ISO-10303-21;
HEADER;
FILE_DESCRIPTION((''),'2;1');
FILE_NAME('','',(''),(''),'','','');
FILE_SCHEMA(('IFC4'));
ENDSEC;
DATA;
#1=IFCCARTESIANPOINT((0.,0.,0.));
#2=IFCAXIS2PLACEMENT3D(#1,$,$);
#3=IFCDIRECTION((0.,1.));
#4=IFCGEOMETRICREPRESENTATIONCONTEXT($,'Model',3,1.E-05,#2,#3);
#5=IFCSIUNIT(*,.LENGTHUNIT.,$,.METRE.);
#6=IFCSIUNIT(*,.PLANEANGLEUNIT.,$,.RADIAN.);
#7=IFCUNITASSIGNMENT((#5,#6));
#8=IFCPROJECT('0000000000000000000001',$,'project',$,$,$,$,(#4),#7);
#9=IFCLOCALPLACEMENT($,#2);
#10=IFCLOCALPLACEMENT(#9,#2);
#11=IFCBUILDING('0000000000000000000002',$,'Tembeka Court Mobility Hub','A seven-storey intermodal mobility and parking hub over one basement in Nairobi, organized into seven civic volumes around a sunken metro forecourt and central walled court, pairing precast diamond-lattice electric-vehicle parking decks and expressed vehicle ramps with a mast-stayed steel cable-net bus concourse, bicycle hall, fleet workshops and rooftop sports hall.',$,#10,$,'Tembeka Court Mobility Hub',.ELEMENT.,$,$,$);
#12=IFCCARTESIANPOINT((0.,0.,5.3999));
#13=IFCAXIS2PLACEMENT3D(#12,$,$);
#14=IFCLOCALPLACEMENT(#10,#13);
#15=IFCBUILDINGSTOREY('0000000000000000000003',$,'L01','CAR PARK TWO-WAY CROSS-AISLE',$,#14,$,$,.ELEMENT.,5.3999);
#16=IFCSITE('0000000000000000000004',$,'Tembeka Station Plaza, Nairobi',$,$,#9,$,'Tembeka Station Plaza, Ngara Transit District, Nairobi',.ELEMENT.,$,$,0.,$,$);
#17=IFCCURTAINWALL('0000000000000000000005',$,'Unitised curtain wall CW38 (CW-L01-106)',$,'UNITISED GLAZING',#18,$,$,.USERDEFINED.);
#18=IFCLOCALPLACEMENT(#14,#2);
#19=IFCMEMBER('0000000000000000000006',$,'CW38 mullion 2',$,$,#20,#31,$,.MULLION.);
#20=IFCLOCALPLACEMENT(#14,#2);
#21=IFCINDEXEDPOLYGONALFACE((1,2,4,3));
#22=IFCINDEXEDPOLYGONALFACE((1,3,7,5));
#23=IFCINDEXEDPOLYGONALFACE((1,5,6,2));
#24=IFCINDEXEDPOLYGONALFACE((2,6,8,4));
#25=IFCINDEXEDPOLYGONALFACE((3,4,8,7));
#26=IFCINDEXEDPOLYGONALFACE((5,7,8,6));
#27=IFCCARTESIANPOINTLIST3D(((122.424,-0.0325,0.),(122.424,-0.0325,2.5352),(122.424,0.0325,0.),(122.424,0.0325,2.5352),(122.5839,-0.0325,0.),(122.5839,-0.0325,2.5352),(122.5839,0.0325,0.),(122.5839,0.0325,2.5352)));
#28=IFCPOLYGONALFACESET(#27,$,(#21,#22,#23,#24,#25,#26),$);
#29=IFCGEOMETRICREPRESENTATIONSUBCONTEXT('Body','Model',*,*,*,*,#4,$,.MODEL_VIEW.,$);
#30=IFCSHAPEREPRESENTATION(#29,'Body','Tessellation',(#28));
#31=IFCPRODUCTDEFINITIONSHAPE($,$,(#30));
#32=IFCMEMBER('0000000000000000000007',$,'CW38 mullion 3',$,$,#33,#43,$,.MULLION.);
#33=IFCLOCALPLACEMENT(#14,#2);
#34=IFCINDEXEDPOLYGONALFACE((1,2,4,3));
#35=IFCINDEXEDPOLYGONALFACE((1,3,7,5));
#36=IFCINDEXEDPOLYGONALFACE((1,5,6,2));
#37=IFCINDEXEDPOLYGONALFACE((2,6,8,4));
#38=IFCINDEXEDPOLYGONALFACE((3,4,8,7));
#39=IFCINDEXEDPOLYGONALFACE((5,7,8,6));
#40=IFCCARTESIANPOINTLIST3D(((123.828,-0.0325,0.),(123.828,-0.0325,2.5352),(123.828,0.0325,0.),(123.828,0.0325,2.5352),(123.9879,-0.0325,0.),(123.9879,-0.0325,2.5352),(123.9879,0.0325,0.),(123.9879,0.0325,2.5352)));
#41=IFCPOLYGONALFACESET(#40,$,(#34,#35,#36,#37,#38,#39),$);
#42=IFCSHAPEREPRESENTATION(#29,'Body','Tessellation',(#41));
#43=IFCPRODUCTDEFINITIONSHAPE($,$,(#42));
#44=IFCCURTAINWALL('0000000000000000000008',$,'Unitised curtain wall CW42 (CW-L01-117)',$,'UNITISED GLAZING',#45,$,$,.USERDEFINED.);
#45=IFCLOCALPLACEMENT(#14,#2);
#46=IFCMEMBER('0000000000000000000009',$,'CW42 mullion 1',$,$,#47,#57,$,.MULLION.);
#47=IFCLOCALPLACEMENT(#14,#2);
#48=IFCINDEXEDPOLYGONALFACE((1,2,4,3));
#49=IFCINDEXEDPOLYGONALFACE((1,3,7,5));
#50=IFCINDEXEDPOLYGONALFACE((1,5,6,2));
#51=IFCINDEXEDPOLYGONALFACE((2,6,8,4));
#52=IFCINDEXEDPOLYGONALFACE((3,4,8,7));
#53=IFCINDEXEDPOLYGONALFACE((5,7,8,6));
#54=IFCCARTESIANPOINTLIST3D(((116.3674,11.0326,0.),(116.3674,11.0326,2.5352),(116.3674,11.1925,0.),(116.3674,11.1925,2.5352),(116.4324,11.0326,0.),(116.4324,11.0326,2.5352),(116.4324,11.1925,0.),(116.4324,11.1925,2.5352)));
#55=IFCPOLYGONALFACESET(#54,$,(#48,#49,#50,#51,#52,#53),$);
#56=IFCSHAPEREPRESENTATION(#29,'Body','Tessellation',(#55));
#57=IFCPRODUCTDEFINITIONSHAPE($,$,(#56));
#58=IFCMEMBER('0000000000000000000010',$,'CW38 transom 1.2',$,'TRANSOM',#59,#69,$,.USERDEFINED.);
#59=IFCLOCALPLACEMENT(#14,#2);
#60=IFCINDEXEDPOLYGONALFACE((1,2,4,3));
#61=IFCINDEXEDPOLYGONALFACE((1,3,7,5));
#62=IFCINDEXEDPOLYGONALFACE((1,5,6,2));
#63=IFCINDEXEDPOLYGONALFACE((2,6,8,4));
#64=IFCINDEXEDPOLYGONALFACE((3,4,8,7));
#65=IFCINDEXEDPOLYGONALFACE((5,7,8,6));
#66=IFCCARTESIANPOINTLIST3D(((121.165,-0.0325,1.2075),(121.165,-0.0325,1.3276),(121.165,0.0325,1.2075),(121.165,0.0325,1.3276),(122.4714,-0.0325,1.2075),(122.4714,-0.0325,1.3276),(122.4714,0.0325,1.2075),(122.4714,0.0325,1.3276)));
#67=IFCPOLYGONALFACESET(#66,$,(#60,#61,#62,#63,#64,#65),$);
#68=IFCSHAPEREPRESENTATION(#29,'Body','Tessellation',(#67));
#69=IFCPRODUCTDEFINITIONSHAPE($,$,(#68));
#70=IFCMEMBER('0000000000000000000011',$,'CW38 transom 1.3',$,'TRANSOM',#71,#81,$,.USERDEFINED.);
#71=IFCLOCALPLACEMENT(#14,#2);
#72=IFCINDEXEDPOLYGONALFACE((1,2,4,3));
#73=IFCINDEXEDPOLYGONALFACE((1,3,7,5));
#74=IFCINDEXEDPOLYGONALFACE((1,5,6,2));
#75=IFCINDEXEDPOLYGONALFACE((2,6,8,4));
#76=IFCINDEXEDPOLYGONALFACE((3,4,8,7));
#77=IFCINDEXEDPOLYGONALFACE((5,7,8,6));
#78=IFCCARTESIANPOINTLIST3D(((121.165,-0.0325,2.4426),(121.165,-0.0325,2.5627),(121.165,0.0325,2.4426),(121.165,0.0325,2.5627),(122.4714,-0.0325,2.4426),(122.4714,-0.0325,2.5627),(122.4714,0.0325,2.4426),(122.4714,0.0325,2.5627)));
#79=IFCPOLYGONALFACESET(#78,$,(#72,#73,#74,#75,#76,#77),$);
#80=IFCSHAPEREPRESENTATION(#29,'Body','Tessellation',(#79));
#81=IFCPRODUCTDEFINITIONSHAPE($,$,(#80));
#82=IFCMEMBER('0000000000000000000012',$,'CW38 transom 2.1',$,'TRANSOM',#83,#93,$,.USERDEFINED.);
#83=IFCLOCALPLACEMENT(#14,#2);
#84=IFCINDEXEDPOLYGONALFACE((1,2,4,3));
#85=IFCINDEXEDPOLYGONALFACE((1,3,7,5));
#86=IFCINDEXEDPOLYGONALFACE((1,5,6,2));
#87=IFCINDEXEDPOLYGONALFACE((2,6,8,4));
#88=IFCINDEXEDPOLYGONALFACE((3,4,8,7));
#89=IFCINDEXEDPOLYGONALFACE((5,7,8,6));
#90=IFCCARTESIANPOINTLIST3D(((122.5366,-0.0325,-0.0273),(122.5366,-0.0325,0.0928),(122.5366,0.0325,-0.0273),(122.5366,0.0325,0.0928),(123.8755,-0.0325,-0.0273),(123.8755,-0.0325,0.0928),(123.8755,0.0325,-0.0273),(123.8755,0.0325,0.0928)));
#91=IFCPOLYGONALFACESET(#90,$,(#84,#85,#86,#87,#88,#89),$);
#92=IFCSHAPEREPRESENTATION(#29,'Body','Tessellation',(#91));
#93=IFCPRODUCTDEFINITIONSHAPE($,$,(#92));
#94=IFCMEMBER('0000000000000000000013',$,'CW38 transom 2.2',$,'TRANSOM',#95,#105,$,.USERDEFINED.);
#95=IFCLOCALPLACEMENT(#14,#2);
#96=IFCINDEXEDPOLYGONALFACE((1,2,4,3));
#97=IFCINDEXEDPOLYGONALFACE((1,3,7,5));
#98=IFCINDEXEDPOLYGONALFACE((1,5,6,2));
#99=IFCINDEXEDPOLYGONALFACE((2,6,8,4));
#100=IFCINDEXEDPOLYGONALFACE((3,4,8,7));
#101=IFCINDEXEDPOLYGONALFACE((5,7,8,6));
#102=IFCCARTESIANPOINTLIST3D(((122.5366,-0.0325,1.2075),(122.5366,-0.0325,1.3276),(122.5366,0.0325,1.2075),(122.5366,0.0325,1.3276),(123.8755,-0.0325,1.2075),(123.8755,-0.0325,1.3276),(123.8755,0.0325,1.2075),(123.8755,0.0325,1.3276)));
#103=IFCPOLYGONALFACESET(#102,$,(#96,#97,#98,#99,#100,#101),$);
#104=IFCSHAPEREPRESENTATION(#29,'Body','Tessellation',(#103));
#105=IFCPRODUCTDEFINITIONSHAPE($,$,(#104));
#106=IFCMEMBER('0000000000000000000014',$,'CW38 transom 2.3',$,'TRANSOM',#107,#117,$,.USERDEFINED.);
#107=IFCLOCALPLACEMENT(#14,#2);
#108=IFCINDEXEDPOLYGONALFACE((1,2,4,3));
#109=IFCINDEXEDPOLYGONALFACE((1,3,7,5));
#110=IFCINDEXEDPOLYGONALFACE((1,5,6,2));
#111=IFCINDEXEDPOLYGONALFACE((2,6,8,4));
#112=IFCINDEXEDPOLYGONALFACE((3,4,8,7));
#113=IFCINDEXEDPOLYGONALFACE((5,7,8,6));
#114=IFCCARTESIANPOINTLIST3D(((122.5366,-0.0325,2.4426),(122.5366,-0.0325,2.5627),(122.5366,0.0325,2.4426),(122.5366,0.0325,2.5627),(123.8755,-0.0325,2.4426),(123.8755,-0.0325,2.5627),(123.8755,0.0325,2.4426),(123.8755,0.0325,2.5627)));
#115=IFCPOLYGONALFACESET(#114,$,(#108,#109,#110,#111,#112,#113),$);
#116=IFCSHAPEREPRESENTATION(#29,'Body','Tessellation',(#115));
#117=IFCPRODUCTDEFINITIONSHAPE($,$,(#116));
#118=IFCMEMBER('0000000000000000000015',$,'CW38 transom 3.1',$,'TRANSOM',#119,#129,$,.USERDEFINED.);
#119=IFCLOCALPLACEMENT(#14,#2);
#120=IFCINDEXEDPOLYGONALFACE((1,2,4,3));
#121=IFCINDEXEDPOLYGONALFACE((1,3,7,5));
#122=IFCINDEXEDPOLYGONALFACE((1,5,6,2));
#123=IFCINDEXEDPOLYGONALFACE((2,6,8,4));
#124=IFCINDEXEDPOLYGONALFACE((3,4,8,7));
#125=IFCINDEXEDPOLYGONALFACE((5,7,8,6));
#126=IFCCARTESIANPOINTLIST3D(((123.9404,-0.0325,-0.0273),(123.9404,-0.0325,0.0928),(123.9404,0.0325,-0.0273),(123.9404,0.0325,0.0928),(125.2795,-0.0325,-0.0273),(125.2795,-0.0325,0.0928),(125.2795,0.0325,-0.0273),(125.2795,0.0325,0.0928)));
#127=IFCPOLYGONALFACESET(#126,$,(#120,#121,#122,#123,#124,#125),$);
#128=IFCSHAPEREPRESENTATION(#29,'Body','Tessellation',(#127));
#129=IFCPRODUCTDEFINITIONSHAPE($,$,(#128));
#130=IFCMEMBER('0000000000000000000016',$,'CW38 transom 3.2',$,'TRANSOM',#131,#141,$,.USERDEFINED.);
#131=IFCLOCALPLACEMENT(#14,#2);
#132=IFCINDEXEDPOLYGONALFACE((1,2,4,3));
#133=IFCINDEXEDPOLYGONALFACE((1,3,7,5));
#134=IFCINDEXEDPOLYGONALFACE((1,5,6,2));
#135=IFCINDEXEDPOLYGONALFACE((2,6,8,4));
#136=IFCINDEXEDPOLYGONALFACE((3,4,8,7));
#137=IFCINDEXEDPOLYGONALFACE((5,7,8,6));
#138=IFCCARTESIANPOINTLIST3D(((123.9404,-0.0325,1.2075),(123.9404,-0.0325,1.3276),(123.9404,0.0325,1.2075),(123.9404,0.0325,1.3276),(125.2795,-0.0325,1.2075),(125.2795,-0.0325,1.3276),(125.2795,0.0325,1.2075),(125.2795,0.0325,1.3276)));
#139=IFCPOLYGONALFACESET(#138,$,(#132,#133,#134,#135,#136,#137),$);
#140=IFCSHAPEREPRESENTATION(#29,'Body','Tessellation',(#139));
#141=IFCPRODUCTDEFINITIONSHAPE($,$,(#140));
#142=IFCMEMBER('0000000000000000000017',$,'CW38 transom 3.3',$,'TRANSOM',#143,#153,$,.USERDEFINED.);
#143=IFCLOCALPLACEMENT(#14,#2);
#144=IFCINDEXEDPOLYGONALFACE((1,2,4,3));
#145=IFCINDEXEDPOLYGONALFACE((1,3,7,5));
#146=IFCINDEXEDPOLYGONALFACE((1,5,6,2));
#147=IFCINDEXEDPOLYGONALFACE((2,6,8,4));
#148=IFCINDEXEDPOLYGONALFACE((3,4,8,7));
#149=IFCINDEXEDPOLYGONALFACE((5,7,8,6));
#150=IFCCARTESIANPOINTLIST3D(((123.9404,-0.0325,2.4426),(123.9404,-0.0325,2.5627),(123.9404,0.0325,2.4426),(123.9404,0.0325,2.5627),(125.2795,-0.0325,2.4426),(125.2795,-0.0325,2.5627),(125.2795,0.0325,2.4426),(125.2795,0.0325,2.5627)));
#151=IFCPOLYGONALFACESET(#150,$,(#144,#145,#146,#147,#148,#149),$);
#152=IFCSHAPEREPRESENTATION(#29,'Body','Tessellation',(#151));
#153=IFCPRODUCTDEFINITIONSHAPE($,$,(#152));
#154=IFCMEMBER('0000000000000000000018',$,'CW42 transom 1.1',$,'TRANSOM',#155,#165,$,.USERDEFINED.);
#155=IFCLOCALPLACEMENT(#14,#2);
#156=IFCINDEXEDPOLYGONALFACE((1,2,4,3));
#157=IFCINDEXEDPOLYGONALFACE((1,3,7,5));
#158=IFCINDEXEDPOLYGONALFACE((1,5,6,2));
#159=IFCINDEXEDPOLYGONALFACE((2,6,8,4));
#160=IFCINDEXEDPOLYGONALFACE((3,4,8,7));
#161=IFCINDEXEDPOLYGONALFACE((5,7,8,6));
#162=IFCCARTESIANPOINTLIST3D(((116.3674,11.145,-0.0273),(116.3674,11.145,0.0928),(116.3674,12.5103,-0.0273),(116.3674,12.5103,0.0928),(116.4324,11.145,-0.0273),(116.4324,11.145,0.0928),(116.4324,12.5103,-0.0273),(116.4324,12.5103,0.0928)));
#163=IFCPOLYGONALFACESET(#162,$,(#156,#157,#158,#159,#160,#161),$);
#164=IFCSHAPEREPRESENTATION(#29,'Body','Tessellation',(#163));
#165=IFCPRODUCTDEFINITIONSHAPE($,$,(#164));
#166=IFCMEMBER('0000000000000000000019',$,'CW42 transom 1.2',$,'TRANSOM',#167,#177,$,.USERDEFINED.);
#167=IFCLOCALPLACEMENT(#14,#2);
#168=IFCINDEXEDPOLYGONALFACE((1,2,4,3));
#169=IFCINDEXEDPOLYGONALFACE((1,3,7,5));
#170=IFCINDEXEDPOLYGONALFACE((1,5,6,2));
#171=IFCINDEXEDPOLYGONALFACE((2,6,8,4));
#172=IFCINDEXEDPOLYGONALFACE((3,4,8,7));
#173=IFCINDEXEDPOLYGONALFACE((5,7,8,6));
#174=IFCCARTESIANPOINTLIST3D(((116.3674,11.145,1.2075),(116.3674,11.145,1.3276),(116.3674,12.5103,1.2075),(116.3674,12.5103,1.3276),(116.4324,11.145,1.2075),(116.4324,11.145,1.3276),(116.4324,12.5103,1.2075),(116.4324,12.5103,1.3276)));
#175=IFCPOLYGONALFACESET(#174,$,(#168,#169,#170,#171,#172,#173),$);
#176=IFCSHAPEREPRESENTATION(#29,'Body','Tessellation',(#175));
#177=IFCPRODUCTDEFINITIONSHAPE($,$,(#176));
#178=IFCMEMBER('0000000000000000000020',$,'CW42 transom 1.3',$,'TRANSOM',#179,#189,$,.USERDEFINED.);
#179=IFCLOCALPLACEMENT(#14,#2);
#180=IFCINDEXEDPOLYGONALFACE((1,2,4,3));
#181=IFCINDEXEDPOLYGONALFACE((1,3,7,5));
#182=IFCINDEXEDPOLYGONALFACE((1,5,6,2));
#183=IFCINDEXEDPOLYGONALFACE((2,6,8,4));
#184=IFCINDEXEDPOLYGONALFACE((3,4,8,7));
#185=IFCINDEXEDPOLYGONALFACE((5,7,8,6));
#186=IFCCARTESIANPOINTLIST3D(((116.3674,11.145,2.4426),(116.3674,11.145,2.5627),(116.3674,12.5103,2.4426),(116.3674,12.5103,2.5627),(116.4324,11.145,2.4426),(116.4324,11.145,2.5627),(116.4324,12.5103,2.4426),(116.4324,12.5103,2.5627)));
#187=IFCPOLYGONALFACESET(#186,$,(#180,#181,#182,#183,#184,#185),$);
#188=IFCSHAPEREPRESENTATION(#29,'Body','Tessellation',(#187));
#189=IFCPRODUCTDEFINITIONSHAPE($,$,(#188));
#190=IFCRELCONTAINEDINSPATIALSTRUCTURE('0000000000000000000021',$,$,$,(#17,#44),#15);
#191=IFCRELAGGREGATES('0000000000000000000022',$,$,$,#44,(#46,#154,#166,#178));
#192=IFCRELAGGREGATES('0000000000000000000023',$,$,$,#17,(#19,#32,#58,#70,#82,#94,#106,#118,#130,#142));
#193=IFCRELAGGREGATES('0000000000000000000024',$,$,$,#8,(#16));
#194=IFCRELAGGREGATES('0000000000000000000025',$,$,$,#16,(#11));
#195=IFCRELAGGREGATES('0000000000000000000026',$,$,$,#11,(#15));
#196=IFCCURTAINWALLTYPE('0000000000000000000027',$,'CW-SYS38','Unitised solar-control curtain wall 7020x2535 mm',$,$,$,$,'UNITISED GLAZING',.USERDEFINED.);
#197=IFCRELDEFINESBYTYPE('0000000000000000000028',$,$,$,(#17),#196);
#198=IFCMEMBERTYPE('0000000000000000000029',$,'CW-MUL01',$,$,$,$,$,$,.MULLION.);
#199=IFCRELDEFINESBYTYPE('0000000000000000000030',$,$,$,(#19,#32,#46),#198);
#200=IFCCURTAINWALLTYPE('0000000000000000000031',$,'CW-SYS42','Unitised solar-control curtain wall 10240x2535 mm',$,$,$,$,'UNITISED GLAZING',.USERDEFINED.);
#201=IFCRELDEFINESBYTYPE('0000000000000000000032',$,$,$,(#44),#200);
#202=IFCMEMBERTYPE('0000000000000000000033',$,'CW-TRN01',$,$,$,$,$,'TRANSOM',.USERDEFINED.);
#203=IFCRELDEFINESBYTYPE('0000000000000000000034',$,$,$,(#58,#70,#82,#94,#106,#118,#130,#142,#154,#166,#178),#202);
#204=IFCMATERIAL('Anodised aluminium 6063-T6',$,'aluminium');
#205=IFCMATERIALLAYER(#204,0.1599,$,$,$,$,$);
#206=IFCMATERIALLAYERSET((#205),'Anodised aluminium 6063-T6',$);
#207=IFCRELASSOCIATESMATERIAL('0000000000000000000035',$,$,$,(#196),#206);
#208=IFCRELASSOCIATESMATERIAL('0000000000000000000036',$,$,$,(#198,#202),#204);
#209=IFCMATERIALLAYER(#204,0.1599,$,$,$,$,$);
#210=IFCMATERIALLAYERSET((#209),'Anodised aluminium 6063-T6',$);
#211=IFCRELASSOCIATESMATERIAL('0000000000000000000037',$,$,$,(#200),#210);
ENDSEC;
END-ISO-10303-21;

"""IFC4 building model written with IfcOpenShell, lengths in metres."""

from ifc_helpers import new_model, si_unit, direction, frame, origin, origin_2d, place, context, subcontext, project, spatial, rectangle, extrude, material, layer, layer_set, material_profile, profile_set, type_object, element, aggregate, save


model = new_model("IFC4")

# Units and contexts
model_context = context("Model", 3, precision=1e-05, world=origin(), true_north=direction((0.0, 1.0)))
body_context = subcontext(model_context, "Body", "Model", "MODEL_VIEW")
ifc_project = project(units=[si_unit("LENGTHUNIT", "METRE"), si_unit("PLANEANGLEUNIT", "RADIAN")], contexts=[model_context])

# Site, building, storey
site_placement = place(None, origin())
site = spatial("IfcSite", under=ifc_project, at=site_placement, Name="Tembeka Station Plaza, Nairobi", LongName="Tembeka Station Plaza, Ngara Transit District, Nairobi", CompositionType="ELEMENT", RefElevation=0.0)
building_placement = place(site_placement, origin())
building = spatial("IfcBuilding", under=site, at=building_placement, Name="Tembeka Court Mobility Hub", Description="A seven-storey intermodal mobility and parking hub over one basement in Nairobi, organized into seven civic volumes around a sunken metro forecourt and central walled court, pairing precast diamond-lattice electric-vehicle parking decks and expressed vehicle ramps with a mast-stayed steel cable-net bus concourse, bicycle hall, fleet workshops and rooftop sports hall.", LongName="Tembeka Court Mobility Hub", CompositionType="ELEMENT")
storey_placement = place(building_placement, frame((0.0, 0.0, 5.3999)))
storey = spatial("IfcBuildingStorey", under=building, at=storey_placement, Name="L01", Description="CAR PARK TWO-WAY CROSS-AISLE", CompositionType="ELEMENT", Elevation=5.3999)

# Curtain wall, members
ifc_material_1 = material(Name="Anodised aluminium 6063-T6", Category="aluminium")
ifc_layer_1 = layer(ifc_material_1, 0.1599)
ifc_layer_set_1 = layer_set([ifc_layer_1], Name="Anodised aluminium 6063-T6")
curtain_wall_type_1 = type_object("IfcCurtainWallType", Name="CW-SYS38", Description="Unitised solar-control curtain wall 7020x2535 mm", ElementType="UNITISED GLAZING", PredefinedType="USERDEFINED", material=ifc_layer_set_1)
curtain_wall_1_placement = place(storey_placement, origin())
curtain_wall_1 = element("IfcCurtainWall", 1, at=curtain_wall_1_placement, inside=storey, type_object=curtain_wall_type_1, Name="Unitised curtain wall CW38 (CW-L01-106)", ObjectType="UNITISED GLAZING", PredefinedType="USERDEFINED")
ifc_material_profile_1 = material_profile(ifc_material_1, rectangle(XDim=0.0649, YDim=0.1599, at=origin_2d()), Name="ALU-MUL 65x160")
ifc_profile_set_1 = profile_set([ifc_material_profile_1], Name="Anodised aluminium 6063-T6")
member_type_1 = type_object("IfcMemberType", Name="CW-MUL01", PredefinedType="MULLION", material=ifc_profile_set_1)
member_1_placement = place(storey_placement, frame((122.5039, 0.0, 0.0), z_axis=(0.0, 0.0, 1.0), x_axis=(0.0, 1.0, 0.0)))
member_1 = element("IfcMember", 2, at=member_1_placement, type_object=member_type_1, Name="CW38 mullion 2", PredefinedType="MULLION", context=body_context, shape_type="SweptSolid", body=[
    extrude(rectangle(XDim=0.0649, YDim=0.1599, at=origin_2d()), origin(), (0.0, 0.0, 1.0), 2.5352),
])
member_2_placement = place(storey_placement, frame((123.908, 0.0, 0.0), z_axis=(0.0, 0.0, 1.0), x_axis=(0.0, 1.0, 0.0)))
member_2 = element("IfcMember", 3, at=member_2_placement, type_object=member_type_1, Name="CW38 mullion 3", PredefinedType="MULLION", context=body_context, shape_type="SweptSolid", body=[
    extrude(rectangle(XDim=0.0649, YDim=0.1599, at=origin_2d()), origin(), (0.0, 0.0, 1.0), 2.5352),
])

# Curtain wall, member
ifc_layer_2 = layer(ifc_material_1, 0.1599)
ifc_layer_set_2 = layer_set([ifc_layer_2], Name="Anodised aluminium 6063-T6")
curtain_wall_type_2 = type_object("IfcCurtainWallType", Name="CW-SYS42", Description="Unitised solar-control curtain wall 10240x2535 mm", ElementType="UNITISED GLAZING", PredefinedType="USERDEFINED", material=ifc_layer_set_2)
curtain_wall_2_placement = place(storey_placement, origin())
curtain_wall_2 = element("IfcCurtainWall", 4, at=curtain_wall_2_placement, inside=storey, type_object=curtain_wall_type_2, Name="Unitised curtain wall CW42 (CW-L01-117)", ObjectType="UNITISED GLAZING", PredefinedType="USERDEFINED")
member_3_placement = place(storey_placement, frame((116.3999, 11.1125, 0.0), z_axis=(0.0, 0.0, 1.0), x_axis=(-1.0, 0.0, 0.0)))
member_3 = element("IfcMember", 5, at=member_3_placement, type_object=member_type_1, Name="CW42 mullion 1", PredefinedType="MULLION", context=body_context, shape_type="SweptSolid", body=[
    extrude(rectangle(XDim=0.0649, YDim=0.1599, at=origin_2d()), origin(), (0.0, 0.0, 1.0), 2.5352),
])

# Members
ifc_material_profile_2 = material_profile(ifc_material_1, rectangle(XDim=0.0649, YDim=0.1201, at=origin_2d()), Name="ALU-TRN 65x120")
ifc_profile_set_2 = profile_set([ifc_material_profile_2], Name="Anodised aluminium 6063-T6")
member_type_2 = type_object("IfcMemberType", Name="CW-TRN01", ElementType="TRANSOM", PredefinedType="USERDEFINED", material=ifc_profile_set_2)
member_4_placement = place(storey_placement, frame((121.165, 0.0, 1.2676), z_axis=(1.0, 0.0, 0.0), x_axis=(0.0, 1.0, 0.0)))
member_4 = element("IfcMember", 6, at=member_4_placement, type_object=member_type_2, Name="CW38 transom 1.2", ObjectType="TRANSOM", PredefinedType="USERDEFINED", context=body_context, shape_type="SweptSolid", body=[
    extrude(rectangle(XDim=0.0649, YDim=0.1201, at=origin_2d()), origin(), (0.0, 0.0, 1.0), 1.3064),
])
member_5_placement = place(storey_placement, frame((121.165, 0.0, 2.5027), z_axis=(1.0, 0.0, 0.0), x_axis=(0.0, 1.0, 0.0)))
member_5 = element("IfcMember", 7, at=member_5_placement, type_object=member_type_2, Name="CW38 transom 1.3", ObjectType="TRANSOM", PredefinedType="USERDEFINED", context=body_context, shape_type="SweptSolid", body=[
    extrude(rectangle(XDim=0.0649, YDim=0.1201, at=origin_2d()), origin(), (0.0, 0.0, 1.0), 1.3064),
])
member_6_placement = place(storey_placement, frame((122.5366, 0.0, 0.0327), z_axis=(1.0, 0.0, 0.0), x_axis=(0.0, 1.0, 0.0)))
member_6 = element("IfcMember", 8, at=member_6_placement, type_object=member_type_2, Name="CW38 transom 2.1", ObjectType="TRANSOM", PredefinedType="USERDEFINED", context=body_context, shape_type="SweptSolid", body=[
    extrude(rectangle(XDim=0.0649, YDim=0.1201, at=origin_2d()), origin(), (0.0, 0.0, 1.0), 1.3389),
])
member_7_placement = place(storey_placement, frame((122.5366, 0.0, 1.2676), z_axis=(1.0, 0.0, 0.0), x_axis=(0.0, 1.0, 0.0)))
member_7 = element("IfcMember", 9, at=member_7_placement, type_object=member_type_2, Name="CW38 transom 2.2", ObjectType="TRANSOM", PredefinedType="USERDEFINED", context=body_context, shape_type="SweptSolid", body=[
    extrude(rectangle(XDim=0.0649, YDim=0.1201, at=origin_2d()), origin(), (0.0, 0.0, 1.0), 1.3389),
])
member_8_placement = place(storey_placement, frame((122.5366, 0.0, 2.5027), z_axis=(1.0, 0.0, 0.0), x_axis=(0.0, 1.0, 0.0)))
member_8 = element("IfcMember", 10, at=member_8_placement, type_object=member_type_2, Name="CW38 transom 2.3", ObjectType="TRANSOM", PredefinedType="USERDEFINED", context=body_context, shape_type="SweptSolid", body=[
    extrude(rectangle(XDim=0.0649, YDim=0.1201, at=origin_2d()), origin(), (0.0, 0.0, 1.0), 1.3389),
])
member_9_placement = place(storey_placement, frame((123.9404, 0.0, 0.0327), z_axis=(1.0, 0.0, 0.0), x_axis=(0.0, 1.0, 0.0)))
member_9 = element("IfcMember", 11, at=member_9_placement, type_object=member_type_2, Name="CW38 transom 3.1", ObjectType="TRANSOM", PredefinedType="USERDEFINED", context=body_context, shape_type="SweptSolid", body=[
    extrude(rectangle(XDim=0.0649, YDim=0.1201, at=origin_2d()), origin(), (0.0, 0.0, 1.0), 1.3391),
])
member_10_placement = place(storey_placement, frame((123.9404, 0.0, 1.2676), z_axis=(1.0, 0.0, 0.0), x_axis=(0.0, 1.0, 0.0)))
member_10 = element("IfcMember", 12, at=member_10_placement, type_object=member_type_2, Name="CW38 transom 3.2", ObjectType="TRANSOM", PredefinedType="USERDEFINED", context=body_context, shape_type="SweptSolid", body=[
    extrude(rectangle(XDim=0.0649, YDim=0.1201, at=origin_2d()), origin(), (0.0, 0.0, 1.0), 1.3391),
])
member_11_placement = place(storey_placement, frame((123.9404, 0.0, 2.5027), z_axis=(1.0, 0.0, 0.0), x_axis=(0.0, 1.0, 0.0)))
member_11 = element("IfcMember", 13, at=member_11_placement, type_object=member_type_2, Name="CW38 transom 3.3", ObjectType="TRANSOM", PredefinedType="USERDEFINED", context=body_context, shape_type="SweptSolid", body=[
    extrude(rectangle(XDim=0.0649, YDim=0.1201, at=origin_2d()), origin(), (0.0, 0.0, 1.0), 1.3391),
])
member_12_placement = place(storey_placement, frame((116.3999, 11.145, 0.0327), z_axis=(0.0, 1.0, 0.0), x_axis=(-1.0, 0.0, 0.0)))
member_12 = element("IfcMember", 14, at=member_12_placement, type_object=member_type_2, Name="CW42 transom 1.1", ObjectType="TRANSOM", PredefinedType="USERDEFINED", context=body_context, shape_type="SweptSolid", body=[
    extrude(rectangle(XDim=0.0649, YDim=0.1201, at=origin_2d()), origin(), (0.0, 0.0, 1.0), 1.3652),
])
member_13_placement = place(storey_placement, frame((116.3999, 11.145, 1.2676), z_axis=(0.0, 1.0, 0.0), x_axis=(-1.0, 0.0, 0.0)))
member_13 = element("IfcMember", 15, at=member_13_placement, type_object=member_type_2, Name="CW42 transom 1.2", ObjectType="TRANSOM", PredefinedType="USERDEFINED", context=body_context, shape_type="SweptSolid", body=[
    extrude(rectangle(XDim=0.0649, YDim=0.1201, at=origin_2d()), origin(), (0.0, 0.0, 1.0), 1.3652),
])
member_14_placement = place(storey_placement, frame((116.3999, 11.145, 2.5027), z_axis=(0.0, 1.0, 0.0), x_axis=(-1.0, 0.0, 0.0)))
member_14 = element("IfcMember", 16, at=member_14_placement, type_object=member_type_2, Name="CW42 transom 1.3", ObjectType="TRANSOM", PredefinedType="USERDEFINED", context=body_context, shape_type="SweptSolid", body=[
    extrude(rectangle(XDim=0.0649, YDim=0.1201, at=origin_2d()), origin(), (0.0, 0.0, 1.0), 1.3652),
])
aggregate(curtain_wall_2, [member_3, member_12, member_13, member_14])

aggregate(curtain_wall_1, [member_1, member_2, member_4, member_5, member_6, member_7, member_8, member_9, member_10, member_11])

save(model, "model.ifc")
